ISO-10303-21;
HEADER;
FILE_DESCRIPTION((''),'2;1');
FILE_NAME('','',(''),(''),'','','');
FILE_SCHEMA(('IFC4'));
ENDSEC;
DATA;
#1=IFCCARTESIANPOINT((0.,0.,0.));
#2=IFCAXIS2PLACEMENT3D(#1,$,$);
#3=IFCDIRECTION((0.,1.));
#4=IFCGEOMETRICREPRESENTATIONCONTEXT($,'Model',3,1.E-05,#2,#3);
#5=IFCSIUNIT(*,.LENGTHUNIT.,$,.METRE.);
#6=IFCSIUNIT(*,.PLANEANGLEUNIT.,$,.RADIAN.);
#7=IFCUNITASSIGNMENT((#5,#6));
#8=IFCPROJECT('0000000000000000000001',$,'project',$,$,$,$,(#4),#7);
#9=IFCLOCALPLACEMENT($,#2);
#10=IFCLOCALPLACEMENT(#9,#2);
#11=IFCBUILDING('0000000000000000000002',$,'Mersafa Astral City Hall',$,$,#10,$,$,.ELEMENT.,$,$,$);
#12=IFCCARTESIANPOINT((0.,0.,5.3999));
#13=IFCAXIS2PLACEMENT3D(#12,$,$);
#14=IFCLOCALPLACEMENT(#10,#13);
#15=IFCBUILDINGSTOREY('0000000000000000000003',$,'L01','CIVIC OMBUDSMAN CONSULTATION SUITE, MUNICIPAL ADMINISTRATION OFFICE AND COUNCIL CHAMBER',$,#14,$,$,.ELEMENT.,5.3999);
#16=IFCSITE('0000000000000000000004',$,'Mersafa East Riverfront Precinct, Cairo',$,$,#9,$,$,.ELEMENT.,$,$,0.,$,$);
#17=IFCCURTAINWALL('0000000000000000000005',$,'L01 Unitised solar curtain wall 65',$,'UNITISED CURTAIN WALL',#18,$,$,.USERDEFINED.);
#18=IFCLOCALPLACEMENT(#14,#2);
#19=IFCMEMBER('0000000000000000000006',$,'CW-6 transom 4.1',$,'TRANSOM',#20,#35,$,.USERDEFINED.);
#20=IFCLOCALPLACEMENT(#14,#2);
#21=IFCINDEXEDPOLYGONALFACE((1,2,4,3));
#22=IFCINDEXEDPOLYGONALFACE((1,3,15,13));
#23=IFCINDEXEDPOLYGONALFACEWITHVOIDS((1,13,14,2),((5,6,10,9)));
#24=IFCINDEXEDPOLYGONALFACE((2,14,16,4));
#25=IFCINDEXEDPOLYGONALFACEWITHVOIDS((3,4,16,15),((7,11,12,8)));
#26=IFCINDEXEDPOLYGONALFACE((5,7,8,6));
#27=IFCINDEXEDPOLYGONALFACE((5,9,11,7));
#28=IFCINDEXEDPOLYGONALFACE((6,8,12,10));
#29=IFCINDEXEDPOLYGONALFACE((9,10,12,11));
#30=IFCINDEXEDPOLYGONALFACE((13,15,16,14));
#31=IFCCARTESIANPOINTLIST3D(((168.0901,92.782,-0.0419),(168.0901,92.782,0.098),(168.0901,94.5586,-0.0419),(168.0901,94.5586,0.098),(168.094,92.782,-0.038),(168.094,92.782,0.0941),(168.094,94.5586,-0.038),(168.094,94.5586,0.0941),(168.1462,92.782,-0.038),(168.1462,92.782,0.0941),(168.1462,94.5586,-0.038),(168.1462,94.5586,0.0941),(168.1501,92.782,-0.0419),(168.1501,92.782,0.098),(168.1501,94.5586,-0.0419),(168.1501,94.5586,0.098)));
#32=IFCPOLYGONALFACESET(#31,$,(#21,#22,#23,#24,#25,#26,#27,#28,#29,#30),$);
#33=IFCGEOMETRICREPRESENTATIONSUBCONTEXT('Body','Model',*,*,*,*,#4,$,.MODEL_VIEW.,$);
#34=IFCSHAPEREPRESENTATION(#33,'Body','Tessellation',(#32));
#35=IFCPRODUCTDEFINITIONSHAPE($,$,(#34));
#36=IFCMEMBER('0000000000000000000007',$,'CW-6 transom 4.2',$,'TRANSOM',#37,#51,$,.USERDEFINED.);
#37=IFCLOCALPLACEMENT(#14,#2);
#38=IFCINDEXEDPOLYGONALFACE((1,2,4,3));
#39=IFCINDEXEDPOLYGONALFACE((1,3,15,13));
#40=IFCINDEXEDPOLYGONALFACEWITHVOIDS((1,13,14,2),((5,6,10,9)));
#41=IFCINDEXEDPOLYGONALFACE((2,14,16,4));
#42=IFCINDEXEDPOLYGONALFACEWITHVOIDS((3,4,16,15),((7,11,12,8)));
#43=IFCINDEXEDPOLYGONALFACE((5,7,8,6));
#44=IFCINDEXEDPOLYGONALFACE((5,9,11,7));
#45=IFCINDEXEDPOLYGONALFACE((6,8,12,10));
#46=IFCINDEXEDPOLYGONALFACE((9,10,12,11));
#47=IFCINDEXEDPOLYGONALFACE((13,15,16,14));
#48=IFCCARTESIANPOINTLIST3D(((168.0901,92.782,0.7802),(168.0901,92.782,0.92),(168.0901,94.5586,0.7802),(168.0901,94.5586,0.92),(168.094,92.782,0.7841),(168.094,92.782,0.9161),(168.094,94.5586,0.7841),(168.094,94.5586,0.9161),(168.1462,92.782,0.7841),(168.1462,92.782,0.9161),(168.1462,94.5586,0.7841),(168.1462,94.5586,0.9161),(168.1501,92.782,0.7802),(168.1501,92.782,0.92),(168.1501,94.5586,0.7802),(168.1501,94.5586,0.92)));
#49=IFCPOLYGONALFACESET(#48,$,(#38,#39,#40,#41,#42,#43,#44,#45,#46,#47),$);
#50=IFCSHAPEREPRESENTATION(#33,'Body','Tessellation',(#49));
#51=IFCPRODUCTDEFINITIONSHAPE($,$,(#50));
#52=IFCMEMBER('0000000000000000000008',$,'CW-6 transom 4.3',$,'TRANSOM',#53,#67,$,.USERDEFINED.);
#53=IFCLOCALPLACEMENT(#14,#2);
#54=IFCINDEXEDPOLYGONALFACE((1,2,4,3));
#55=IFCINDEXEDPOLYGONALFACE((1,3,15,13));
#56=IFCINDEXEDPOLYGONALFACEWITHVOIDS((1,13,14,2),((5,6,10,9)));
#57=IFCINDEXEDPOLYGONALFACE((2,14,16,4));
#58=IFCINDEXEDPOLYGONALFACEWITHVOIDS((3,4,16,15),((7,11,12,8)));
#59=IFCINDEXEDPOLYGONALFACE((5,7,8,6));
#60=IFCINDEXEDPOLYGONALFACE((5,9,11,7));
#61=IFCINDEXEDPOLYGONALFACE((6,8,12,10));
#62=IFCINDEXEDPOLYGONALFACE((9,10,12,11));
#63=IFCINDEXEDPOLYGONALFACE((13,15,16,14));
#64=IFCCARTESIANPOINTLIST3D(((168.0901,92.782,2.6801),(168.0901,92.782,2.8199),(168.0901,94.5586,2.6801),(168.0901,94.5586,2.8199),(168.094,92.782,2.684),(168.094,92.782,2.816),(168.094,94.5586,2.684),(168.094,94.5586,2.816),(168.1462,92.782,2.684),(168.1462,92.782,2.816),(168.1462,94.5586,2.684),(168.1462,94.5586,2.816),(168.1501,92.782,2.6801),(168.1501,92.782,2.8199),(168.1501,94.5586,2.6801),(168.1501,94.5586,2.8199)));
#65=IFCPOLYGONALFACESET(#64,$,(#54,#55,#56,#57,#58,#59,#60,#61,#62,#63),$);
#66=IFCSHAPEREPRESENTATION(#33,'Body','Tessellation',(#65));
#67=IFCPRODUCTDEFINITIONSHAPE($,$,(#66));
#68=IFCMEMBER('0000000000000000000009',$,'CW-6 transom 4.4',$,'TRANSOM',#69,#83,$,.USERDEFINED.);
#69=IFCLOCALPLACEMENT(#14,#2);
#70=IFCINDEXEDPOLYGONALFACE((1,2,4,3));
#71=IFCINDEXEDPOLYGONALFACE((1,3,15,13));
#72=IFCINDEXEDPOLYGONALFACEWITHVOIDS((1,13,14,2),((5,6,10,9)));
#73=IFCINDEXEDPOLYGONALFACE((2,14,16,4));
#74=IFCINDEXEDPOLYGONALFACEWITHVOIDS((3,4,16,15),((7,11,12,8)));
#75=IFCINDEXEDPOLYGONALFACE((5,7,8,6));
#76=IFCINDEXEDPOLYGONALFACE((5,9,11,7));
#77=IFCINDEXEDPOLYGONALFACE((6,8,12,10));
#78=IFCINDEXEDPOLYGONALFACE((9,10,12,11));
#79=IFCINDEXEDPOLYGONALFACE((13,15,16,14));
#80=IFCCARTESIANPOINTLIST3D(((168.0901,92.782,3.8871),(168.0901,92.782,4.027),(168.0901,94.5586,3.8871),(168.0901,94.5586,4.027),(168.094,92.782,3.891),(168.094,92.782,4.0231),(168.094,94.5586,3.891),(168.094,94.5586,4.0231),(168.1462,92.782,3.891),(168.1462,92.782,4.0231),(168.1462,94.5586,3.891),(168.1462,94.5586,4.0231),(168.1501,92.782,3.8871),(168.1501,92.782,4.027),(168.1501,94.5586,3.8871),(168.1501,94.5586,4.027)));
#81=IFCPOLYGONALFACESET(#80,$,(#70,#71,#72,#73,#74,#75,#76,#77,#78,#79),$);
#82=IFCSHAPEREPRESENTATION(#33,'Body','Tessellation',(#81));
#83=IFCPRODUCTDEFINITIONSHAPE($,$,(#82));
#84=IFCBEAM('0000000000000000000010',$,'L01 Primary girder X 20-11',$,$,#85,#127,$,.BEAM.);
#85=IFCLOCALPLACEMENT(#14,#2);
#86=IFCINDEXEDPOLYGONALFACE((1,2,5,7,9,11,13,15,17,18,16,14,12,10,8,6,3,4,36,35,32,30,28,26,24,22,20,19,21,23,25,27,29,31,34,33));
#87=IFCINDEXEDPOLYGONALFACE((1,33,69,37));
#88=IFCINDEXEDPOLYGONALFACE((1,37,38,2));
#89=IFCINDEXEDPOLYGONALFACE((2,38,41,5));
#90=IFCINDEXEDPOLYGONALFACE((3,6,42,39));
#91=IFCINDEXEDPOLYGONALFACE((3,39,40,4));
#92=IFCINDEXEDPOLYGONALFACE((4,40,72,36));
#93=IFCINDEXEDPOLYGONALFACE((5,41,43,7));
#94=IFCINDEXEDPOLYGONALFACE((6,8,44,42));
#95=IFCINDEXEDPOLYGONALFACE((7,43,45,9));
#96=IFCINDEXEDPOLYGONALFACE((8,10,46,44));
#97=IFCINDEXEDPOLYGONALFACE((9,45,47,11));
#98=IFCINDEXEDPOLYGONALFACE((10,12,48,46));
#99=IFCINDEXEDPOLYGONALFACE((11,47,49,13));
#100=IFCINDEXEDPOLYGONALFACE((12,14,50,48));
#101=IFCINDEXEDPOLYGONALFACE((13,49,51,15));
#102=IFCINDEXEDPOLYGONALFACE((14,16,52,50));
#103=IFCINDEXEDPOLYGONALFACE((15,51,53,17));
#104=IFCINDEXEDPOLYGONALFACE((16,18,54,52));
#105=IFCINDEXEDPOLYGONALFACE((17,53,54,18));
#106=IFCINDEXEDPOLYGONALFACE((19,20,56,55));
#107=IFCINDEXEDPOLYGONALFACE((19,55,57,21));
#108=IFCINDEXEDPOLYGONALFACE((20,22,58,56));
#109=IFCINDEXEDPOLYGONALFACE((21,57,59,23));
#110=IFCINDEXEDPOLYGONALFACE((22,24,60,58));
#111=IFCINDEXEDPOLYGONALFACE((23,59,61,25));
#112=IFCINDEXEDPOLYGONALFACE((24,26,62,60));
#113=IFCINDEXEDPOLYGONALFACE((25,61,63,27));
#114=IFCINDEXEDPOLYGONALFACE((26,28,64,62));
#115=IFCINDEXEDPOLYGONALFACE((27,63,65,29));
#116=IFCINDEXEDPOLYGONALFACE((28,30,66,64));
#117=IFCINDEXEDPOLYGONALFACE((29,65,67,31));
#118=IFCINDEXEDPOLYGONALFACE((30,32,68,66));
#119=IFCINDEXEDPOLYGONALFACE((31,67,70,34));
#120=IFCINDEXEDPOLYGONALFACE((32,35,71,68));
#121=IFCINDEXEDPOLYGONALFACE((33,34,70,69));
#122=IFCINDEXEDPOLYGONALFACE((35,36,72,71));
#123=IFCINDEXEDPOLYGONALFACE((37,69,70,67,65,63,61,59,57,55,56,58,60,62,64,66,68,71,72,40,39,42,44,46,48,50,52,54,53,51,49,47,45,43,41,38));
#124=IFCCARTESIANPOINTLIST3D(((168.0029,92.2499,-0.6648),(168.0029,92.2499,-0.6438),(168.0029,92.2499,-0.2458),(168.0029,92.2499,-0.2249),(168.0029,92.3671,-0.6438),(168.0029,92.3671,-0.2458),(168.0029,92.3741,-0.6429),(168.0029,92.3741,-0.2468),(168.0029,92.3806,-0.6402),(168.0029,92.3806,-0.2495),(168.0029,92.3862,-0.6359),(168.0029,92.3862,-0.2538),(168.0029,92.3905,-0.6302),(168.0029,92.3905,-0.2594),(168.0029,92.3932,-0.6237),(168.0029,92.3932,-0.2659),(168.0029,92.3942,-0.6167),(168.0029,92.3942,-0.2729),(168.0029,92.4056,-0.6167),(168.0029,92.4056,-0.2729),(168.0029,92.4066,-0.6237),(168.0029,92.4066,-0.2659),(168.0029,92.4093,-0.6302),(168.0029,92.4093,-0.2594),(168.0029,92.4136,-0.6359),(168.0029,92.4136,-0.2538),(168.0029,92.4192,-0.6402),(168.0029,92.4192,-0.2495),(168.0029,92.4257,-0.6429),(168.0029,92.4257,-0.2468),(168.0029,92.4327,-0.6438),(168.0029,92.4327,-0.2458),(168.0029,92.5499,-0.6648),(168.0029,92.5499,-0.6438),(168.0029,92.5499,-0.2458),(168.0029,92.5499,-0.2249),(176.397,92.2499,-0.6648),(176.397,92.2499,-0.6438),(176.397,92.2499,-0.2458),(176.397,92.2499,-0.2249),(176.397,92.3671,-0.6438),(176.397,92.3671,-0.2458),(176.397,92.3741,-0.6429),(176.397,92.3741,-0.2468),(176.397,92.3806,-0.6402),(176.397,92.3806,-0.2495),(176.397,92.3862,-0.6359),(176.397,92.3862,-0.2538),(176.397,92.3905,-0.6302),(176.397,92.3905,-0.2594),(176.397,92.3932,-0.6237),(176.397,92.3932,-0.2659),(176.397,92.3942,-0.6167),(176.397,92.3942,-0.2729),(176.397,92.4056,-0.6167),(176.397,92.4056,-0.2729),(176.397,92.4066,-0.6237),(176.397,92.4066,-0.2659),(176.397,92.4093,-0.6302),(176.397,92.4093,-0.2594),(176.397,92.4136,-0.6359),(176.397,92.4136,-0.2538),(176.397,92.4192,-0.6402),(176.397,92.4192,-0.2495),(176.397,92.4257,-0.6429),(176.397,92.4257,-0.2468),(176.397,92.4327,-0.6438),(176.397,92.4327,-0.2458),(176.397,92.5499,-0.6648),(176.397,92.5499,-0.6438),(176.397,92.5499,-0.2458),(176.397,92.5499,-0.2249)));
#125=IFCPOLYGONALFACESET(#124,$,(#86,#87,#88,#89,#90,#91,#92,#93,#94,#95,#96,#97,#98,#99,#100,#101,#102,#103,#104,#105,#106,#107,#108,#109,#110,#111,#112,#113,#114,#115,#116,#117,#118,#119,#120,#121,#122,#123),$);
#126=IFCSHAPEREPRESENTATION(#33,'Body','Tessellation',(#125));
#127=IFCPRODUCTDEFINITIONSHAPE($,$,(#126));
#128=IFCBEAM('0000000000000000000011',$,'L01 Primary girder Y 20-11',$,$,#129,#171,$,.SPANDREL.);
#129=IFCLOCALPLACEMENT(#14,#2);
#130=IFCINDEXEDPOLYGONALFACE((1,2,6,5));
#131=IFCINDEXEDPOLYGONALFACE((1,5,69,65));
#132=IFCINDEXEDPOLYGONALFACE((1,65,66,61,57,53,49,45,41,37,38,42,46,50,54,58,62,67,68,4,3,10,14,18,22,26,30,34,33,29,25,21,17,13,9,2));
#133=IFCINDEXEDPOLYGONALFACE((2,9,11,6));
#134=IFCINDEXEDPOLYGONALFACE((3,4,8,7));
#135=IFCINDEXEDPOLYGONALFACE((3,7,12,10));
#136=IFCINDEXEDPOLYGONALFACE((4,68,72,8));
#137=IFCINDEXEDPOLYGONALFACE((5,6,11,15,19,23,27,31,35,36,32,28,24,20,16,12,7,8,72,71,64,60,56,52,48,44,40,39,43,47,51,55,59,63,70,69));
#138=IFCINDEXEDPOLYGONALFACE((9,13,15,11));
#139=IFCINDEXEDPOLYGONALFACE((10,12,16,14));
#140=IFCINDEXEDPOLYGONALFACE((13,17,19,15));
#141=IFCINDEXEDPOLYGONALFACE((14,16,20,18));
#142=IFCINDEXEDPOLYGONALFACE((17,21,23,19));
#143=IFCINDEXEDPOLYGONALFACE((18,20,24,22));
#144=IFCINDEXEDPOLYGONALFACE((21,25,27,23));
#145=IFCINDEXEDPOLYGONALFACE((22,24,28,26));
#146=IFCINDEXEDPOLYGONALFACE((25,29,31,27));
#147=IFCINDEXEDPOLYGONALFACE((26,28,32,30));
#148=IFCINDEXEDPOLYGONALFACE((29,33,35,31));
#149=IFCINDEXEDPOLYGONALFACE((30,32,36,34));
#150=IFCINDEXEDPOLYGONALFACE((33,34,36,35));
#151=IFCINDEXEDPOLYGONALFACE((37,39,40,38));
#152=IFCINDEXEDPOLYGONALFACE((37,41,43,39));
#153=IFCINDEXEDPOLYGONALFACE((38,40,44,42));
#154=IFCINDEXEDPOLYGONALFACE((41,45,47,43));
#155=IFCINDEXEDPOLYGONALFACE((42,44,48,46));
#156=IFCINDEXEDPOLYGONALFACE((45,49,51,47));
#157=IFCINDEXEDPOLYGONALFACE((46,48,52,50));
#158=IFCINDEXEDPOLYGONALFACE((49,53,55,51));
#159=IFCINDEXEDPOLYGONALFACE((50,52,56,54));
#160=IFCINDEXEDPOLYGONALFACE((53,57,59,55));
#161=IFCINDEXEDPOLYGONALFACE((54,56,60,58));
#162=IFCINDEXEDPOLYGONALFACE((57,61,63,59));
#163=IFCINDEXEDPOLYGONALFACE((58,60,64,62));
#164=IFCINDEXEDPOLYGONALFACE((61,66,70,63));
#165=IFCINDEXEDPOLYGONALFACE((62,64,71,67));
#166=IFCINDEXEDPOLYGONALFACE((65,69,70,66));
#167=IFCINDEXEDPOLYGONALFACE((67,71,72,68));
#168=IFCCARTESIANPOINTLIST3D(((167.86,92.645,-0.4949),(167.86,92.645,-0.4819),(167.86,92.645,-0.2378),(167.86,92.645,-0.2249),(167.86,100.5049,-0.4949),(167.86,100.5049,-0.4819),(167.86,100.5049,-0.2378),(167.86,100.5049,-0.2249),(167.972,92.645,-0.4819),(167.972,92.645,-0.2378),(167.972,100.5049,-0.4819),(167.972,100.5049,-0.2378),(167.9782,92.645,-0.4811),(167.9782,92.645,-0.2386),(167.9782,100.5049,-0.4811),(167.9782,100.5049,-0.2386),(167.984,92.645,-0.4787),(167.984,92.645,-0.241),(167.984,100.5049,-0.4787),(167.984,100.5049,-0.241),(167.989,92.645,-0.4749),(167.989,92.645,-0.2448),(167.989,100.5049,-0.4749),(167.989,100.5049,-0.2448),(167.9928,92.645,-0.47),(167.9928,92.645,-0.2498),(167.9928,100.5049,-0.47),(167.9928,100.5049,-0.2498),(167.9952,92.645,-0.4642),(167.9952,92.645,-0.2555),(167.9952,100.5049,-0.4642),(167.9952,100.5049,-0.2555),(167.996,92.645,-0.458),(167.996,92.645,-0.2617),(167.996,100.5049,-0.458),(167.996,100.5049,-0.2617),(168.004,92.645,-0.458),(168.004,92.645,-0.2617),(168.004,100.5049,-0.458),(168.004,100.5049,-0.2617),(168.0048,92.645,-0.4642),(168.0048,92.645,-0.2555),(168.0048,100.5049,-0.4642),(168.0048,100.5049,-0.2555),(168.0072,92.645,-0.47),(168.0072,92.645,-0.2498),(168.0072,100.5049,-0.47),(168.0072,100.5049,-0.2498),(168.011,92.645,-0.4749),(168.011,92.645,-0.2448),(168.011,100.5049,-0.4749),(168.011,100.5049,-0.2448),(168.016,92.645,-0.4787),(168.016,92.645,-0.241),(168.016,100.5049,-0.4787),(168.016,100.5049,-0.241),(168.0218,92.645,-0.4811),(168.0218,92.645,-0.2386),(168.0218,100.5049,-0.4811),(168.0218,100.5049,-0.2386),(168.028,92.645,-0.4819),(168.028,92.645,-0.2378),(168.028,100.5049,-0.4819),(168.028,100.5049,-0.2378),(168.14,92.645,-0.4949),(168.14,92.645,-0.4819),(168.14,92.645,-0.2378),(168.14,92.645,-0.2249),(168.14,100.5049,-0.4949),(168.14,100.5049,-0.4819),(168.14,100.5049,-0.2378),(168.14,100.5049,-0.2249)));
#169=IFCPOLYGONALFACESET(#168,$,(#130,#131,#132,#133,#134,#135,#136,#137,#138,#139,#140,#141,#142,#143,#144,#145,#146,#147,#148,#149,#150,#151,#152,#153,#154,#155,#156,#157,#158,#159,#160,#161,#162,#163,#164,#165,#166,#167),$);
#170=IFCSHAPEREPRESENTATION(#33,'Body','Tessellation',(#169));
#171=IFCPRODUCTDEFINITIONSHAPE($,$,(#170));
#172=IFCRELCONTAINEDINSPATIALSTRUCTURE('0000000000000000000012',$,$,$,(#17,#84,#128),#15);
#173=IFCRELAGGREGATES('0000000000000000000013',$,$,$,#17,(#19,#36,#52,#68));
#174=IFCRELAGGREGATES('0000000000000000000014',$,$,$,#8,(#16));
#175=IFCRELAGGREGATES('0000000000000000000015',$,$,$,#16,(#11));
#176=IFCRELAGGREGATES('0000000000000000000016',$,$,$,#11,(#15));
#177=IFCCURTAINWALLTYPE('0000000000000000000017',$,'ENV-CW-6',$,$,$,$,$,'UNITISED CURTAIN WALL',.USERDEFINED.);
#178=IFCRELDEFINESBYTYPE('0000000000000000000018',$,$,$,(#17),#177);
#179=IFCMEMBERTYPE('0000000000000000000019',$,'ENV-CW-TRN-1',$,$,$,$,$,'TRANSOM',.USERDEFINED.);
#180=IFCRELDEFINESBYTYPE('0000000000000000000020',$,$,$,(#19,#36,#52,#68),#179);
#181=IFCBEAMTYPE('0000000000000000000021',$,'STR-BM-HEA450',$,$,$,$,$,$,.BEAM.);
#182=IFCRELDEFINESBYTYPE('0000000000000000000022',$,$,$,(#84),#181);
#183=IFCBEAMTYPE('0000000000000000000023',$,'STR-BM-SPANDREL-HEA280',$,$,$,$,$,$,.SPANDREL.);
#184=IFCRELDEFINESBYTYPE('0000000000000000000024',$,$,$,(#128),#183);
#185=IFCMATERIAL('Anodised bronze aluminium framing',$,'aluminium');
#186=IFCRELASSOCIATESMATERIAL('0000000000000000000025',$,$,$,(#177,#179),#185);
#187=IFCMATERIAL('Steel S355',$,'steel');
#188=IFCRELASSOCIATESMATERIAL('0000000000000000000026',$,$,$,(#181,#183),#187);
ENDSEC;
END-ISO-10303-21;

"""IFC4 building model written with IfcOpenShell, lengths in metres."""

from ifc_helpers import new_model, si_unit, direction, frame, origin, origin_2d, place, context, subcontext, project, spatial, hollow_rectangle, i_section, extrude, material, material_profile, profile_set, type_object, element, aggregate, save


model = new_model("IFC4")

# Units and contexts
model_context = context("Model", 3, precision=1e-05, world=origin(), true_north=direction((0.0, 1.0)))
body_context = subcontext(model_context, "Body", "Model", "MODEL_VIEW")
ifc_project = project(units=[si_unit("LENGTHUNIT", "METRE"), si_unit("PLANEANGLEUNIT", "RADIAN")], contexts=[model_context])

# Site, building, storey
site_placement = place(None, origin())
site = spatial("IfcSite", under=ifc_project, at=site_placement, Name="Mersafa East Riverfront Precinct, Cairo", CompositionType="ELEMENT", RefElevation=0.0)
building_placement = place(site_placement, origin())
building = spatial("IfcBuilding", under=site, at=building_placement, Name="Mersafa Astral City Hall", CompositionType="ELEMENT")
storey_placement = place(building_placement, frame((0.0, 0.0, 5.3999)))
storey = spatial("IfcBuildingStorey", under=building, at=storey_placement, Name="L01", Description="CIVIC OMBUDSMAN CONSULTATION SUITE, MUNICIPAL ADMINISTRATION OFFICE AND COUNCIL CHAMBER", CompositionType="ELEMENT", Elevation=5.3999)

# Shared definitions
ifc_material_1 = material(Name="Steel S355", Category="steel")

# Curtain wall
ifc_material_2 = material(Name="Anodised bronze aluminium framing", Category="aluminium")
curtain_wall_type_1 = type_object("IfcCurtainWallType", Name="ENV-CW-6", ElementType="UNITISED CURTAIN WALL", PredefinedType="USERDEFINED", material=ifc_material_2)
curtain_wall_1_placement = place(storey_placement, origin())
curtain_wall_1 = element("IfcCurtainWall", 1, at=curtain_wall_1_placement, inside=storey, type_object=curtain_wall_type_1, Name="L01 Unitised solar curtain wall 65", ObjectType="UNITISED CURTAIN WALL", PredefinedType="USERDEFINED")

# Members
ifc_material_profile_1 = material_profile(ifc_material_2, hollow_rectangle(XDim=0.0601, YDim=0.1399, WallThickness=0.0039, at=origin_2d()), Name="RHS 60x140x4")
ifc_profile_set_1 = profile_set([ifc_material_profile_1], Name="Anodised bronze aluminium framing")
member_type_1 = type_object("IfcMemberType", Name="ENV-CW-TRN-1", ElementType="TRANSOM", PredefinedType="USERDEFINED", material=ifc_profile_set_1)
member_1_placement = place(storey_placement, frame((168.1201, 94.5586, 0.0281), z_axis=(0.0, -1.0, 0.0), x_axis=(1.0, 0.0, 0.0)))
member_1 = element("IfcMember", 2, at=member_1_placement, type_object=member_type_1, Name="CW-6 transom 4.1", ObjectType="TRANSOM", PredefinedType="USERDEFINED", context=body_context, shape_type="SweptSolid", body=[
    extrude(hollow_rectangle(XDim=0.0601, YDim=0.1399, WallThickness=0.0039, at=origin_2d()), origin(), (0.0, 0.0, 1.0), 1.7766),
])
member_2_placement = place(storey_placement, frame((168.1201, 94.5586, 0.8501), z_axis=(0.0, -1.0, 0.0), x_axis=(1.0, 0.0, 0.0)))
member_2 = element("IfcMember", 3, at=member_2_placement, type_object=member_type_1, Name="CW-6 transom 4.2", ObjectType="TRANSOM", PredefinedType="USERDEFINED", context=body_context, shape_type="SweptSolid", body=[
    extrude(hollow_rectangle(XDim=0.0601, YDim=0.1399, WallThickness=0.0039, at=origin_2d()), origin(), (0.0, 0.0, 1.0), 1.7766),
])
member_3_placement = place(storey_placement, frame((168.1201, 94.5586, 2.75), z_axis=(0.0, -1.0, 0.0), x_axis=(1.0, 0.0, 0.0)))
member_3 = element("IfcMember", 4, at=member_3_placement, type_object=member_type_1, Name="CW-6 transom 4.3", ObjectType="TRANSOM", PredefinedType="USERDEFINED", context=body_context, shape_type="SweptSolid", body=[
    extrude(hollow_rectangle(XDim=0.0601, YDim=0.1399, WallThickness=0.0039, at=origin_2d()), origin(), (0.0, 0.0, 1.0), 1.7766),
])
member_4_placement = place(storey_placement, frame((168.1201, 94.5586, 3.957), z_axis=(0.0, -1.0, 0.0), x_axis=(1.0, 0.0, 0.0)))
member_4 = element("IfcMember", 5, at=member_4_placement, type_object=member_type_1, Name="CW-6 transom 4.4", ObjectType="TRANSOM", PredefinedType="USERDEFINED", context=body_context, shape_type="SweptSolid", body=[
    extrude(hollow_rectangle(XDim=0.0601, YDim=0.1399, WallThickness=0.0039, at=origin_2d()), origin(), (0.0, 0.0, 1.0), 1.7766),
])

# Beams
ifc_material_profile_2 = material_profile(ifc_material_1, i_section(OverallWidth=0.3, OverallDepth=0.4399, WebThickness=0.0115, FlangeThickness=0.021, FilletRadius=0.0271, at=origin_2d()), Name="HEA 450")
ifc_profile_set_2 = profile_set([ifc_material_profile_2], Name="Steel S355")
beam_type_1 = type_object("IfcBeamType", Name="STR-BM-HEA450", PredefinedType="BEAM", material=ifc_profile_set_2)
beam_1_placement = place(storey_placement, frame((168.0029, 92.3999, -0.4448), z_axis=(1.0, 0.0, 0.0), x_axis=(0.0, 1.0, 0.0)))
element("IfcBeam", 6, at=beam_1_placement, inside=storey, type_object=beam_type_1, Name="L01 Primary girder X 20-11", PredefinedType="BEAM", context=body_context, shape_type="SweptSolid", body=[
    extrude(i_section(OverallWidth=0.3, OverallDepth=0.4399, WebThickness=0.0115, FlangeThickness=0.021, FilletRadius=0.0271, at=origin_2d()), origin(), (0.0, 0.0, 1.0), 8.394),
])
ifc_material_profile_3 = material_profile(ifc_material_1, i_section(OverallWidth=0.28, OverallDepth=0.27, WebThickness=0.0081, FlangeThickness=0.0129, FilletRadius=0.0239, at=origin_2d()), Name="HEA 280")
ifc_profile_set_3 = profile_set([ifc_material_profile_3], Name="Steel S355")
beam_type_2 = type_object("IfcBeamType", Name="STR-BM-SPANDREL-HEA280", PredefinedType="SPANDREL", material=ifc_profile_set_3)
beam_2_placement = place(storey_placement, frame((168.0, 92.645, -0.3599), z_axis=(0.0, 1.0, 0.0), x_axis=(-1.0, 0.0, 0.0)))
element("IfcBeam", 7, at=beam_2_placement, inside=storey, type_object=beam_type_2, Name="L01 Primary girder Y 20-11", PredefinedType="SPANDREL", context=body_context, shape_type="SweptSolid", body=[
    extrude(i_section(OverallWidth=0.28, OverallDepth=0.27, WebThickness=0.0081, FlangeThickness=0.0129, FilletRadius=0.0239, at=origin_2d()), origin(), (0.0, 0.0, 1.0), 7.8599),
])

aggregate(curtain_wall_1, [member_1, member_2, member_3, member_4])

save(model, "model.ifc")
